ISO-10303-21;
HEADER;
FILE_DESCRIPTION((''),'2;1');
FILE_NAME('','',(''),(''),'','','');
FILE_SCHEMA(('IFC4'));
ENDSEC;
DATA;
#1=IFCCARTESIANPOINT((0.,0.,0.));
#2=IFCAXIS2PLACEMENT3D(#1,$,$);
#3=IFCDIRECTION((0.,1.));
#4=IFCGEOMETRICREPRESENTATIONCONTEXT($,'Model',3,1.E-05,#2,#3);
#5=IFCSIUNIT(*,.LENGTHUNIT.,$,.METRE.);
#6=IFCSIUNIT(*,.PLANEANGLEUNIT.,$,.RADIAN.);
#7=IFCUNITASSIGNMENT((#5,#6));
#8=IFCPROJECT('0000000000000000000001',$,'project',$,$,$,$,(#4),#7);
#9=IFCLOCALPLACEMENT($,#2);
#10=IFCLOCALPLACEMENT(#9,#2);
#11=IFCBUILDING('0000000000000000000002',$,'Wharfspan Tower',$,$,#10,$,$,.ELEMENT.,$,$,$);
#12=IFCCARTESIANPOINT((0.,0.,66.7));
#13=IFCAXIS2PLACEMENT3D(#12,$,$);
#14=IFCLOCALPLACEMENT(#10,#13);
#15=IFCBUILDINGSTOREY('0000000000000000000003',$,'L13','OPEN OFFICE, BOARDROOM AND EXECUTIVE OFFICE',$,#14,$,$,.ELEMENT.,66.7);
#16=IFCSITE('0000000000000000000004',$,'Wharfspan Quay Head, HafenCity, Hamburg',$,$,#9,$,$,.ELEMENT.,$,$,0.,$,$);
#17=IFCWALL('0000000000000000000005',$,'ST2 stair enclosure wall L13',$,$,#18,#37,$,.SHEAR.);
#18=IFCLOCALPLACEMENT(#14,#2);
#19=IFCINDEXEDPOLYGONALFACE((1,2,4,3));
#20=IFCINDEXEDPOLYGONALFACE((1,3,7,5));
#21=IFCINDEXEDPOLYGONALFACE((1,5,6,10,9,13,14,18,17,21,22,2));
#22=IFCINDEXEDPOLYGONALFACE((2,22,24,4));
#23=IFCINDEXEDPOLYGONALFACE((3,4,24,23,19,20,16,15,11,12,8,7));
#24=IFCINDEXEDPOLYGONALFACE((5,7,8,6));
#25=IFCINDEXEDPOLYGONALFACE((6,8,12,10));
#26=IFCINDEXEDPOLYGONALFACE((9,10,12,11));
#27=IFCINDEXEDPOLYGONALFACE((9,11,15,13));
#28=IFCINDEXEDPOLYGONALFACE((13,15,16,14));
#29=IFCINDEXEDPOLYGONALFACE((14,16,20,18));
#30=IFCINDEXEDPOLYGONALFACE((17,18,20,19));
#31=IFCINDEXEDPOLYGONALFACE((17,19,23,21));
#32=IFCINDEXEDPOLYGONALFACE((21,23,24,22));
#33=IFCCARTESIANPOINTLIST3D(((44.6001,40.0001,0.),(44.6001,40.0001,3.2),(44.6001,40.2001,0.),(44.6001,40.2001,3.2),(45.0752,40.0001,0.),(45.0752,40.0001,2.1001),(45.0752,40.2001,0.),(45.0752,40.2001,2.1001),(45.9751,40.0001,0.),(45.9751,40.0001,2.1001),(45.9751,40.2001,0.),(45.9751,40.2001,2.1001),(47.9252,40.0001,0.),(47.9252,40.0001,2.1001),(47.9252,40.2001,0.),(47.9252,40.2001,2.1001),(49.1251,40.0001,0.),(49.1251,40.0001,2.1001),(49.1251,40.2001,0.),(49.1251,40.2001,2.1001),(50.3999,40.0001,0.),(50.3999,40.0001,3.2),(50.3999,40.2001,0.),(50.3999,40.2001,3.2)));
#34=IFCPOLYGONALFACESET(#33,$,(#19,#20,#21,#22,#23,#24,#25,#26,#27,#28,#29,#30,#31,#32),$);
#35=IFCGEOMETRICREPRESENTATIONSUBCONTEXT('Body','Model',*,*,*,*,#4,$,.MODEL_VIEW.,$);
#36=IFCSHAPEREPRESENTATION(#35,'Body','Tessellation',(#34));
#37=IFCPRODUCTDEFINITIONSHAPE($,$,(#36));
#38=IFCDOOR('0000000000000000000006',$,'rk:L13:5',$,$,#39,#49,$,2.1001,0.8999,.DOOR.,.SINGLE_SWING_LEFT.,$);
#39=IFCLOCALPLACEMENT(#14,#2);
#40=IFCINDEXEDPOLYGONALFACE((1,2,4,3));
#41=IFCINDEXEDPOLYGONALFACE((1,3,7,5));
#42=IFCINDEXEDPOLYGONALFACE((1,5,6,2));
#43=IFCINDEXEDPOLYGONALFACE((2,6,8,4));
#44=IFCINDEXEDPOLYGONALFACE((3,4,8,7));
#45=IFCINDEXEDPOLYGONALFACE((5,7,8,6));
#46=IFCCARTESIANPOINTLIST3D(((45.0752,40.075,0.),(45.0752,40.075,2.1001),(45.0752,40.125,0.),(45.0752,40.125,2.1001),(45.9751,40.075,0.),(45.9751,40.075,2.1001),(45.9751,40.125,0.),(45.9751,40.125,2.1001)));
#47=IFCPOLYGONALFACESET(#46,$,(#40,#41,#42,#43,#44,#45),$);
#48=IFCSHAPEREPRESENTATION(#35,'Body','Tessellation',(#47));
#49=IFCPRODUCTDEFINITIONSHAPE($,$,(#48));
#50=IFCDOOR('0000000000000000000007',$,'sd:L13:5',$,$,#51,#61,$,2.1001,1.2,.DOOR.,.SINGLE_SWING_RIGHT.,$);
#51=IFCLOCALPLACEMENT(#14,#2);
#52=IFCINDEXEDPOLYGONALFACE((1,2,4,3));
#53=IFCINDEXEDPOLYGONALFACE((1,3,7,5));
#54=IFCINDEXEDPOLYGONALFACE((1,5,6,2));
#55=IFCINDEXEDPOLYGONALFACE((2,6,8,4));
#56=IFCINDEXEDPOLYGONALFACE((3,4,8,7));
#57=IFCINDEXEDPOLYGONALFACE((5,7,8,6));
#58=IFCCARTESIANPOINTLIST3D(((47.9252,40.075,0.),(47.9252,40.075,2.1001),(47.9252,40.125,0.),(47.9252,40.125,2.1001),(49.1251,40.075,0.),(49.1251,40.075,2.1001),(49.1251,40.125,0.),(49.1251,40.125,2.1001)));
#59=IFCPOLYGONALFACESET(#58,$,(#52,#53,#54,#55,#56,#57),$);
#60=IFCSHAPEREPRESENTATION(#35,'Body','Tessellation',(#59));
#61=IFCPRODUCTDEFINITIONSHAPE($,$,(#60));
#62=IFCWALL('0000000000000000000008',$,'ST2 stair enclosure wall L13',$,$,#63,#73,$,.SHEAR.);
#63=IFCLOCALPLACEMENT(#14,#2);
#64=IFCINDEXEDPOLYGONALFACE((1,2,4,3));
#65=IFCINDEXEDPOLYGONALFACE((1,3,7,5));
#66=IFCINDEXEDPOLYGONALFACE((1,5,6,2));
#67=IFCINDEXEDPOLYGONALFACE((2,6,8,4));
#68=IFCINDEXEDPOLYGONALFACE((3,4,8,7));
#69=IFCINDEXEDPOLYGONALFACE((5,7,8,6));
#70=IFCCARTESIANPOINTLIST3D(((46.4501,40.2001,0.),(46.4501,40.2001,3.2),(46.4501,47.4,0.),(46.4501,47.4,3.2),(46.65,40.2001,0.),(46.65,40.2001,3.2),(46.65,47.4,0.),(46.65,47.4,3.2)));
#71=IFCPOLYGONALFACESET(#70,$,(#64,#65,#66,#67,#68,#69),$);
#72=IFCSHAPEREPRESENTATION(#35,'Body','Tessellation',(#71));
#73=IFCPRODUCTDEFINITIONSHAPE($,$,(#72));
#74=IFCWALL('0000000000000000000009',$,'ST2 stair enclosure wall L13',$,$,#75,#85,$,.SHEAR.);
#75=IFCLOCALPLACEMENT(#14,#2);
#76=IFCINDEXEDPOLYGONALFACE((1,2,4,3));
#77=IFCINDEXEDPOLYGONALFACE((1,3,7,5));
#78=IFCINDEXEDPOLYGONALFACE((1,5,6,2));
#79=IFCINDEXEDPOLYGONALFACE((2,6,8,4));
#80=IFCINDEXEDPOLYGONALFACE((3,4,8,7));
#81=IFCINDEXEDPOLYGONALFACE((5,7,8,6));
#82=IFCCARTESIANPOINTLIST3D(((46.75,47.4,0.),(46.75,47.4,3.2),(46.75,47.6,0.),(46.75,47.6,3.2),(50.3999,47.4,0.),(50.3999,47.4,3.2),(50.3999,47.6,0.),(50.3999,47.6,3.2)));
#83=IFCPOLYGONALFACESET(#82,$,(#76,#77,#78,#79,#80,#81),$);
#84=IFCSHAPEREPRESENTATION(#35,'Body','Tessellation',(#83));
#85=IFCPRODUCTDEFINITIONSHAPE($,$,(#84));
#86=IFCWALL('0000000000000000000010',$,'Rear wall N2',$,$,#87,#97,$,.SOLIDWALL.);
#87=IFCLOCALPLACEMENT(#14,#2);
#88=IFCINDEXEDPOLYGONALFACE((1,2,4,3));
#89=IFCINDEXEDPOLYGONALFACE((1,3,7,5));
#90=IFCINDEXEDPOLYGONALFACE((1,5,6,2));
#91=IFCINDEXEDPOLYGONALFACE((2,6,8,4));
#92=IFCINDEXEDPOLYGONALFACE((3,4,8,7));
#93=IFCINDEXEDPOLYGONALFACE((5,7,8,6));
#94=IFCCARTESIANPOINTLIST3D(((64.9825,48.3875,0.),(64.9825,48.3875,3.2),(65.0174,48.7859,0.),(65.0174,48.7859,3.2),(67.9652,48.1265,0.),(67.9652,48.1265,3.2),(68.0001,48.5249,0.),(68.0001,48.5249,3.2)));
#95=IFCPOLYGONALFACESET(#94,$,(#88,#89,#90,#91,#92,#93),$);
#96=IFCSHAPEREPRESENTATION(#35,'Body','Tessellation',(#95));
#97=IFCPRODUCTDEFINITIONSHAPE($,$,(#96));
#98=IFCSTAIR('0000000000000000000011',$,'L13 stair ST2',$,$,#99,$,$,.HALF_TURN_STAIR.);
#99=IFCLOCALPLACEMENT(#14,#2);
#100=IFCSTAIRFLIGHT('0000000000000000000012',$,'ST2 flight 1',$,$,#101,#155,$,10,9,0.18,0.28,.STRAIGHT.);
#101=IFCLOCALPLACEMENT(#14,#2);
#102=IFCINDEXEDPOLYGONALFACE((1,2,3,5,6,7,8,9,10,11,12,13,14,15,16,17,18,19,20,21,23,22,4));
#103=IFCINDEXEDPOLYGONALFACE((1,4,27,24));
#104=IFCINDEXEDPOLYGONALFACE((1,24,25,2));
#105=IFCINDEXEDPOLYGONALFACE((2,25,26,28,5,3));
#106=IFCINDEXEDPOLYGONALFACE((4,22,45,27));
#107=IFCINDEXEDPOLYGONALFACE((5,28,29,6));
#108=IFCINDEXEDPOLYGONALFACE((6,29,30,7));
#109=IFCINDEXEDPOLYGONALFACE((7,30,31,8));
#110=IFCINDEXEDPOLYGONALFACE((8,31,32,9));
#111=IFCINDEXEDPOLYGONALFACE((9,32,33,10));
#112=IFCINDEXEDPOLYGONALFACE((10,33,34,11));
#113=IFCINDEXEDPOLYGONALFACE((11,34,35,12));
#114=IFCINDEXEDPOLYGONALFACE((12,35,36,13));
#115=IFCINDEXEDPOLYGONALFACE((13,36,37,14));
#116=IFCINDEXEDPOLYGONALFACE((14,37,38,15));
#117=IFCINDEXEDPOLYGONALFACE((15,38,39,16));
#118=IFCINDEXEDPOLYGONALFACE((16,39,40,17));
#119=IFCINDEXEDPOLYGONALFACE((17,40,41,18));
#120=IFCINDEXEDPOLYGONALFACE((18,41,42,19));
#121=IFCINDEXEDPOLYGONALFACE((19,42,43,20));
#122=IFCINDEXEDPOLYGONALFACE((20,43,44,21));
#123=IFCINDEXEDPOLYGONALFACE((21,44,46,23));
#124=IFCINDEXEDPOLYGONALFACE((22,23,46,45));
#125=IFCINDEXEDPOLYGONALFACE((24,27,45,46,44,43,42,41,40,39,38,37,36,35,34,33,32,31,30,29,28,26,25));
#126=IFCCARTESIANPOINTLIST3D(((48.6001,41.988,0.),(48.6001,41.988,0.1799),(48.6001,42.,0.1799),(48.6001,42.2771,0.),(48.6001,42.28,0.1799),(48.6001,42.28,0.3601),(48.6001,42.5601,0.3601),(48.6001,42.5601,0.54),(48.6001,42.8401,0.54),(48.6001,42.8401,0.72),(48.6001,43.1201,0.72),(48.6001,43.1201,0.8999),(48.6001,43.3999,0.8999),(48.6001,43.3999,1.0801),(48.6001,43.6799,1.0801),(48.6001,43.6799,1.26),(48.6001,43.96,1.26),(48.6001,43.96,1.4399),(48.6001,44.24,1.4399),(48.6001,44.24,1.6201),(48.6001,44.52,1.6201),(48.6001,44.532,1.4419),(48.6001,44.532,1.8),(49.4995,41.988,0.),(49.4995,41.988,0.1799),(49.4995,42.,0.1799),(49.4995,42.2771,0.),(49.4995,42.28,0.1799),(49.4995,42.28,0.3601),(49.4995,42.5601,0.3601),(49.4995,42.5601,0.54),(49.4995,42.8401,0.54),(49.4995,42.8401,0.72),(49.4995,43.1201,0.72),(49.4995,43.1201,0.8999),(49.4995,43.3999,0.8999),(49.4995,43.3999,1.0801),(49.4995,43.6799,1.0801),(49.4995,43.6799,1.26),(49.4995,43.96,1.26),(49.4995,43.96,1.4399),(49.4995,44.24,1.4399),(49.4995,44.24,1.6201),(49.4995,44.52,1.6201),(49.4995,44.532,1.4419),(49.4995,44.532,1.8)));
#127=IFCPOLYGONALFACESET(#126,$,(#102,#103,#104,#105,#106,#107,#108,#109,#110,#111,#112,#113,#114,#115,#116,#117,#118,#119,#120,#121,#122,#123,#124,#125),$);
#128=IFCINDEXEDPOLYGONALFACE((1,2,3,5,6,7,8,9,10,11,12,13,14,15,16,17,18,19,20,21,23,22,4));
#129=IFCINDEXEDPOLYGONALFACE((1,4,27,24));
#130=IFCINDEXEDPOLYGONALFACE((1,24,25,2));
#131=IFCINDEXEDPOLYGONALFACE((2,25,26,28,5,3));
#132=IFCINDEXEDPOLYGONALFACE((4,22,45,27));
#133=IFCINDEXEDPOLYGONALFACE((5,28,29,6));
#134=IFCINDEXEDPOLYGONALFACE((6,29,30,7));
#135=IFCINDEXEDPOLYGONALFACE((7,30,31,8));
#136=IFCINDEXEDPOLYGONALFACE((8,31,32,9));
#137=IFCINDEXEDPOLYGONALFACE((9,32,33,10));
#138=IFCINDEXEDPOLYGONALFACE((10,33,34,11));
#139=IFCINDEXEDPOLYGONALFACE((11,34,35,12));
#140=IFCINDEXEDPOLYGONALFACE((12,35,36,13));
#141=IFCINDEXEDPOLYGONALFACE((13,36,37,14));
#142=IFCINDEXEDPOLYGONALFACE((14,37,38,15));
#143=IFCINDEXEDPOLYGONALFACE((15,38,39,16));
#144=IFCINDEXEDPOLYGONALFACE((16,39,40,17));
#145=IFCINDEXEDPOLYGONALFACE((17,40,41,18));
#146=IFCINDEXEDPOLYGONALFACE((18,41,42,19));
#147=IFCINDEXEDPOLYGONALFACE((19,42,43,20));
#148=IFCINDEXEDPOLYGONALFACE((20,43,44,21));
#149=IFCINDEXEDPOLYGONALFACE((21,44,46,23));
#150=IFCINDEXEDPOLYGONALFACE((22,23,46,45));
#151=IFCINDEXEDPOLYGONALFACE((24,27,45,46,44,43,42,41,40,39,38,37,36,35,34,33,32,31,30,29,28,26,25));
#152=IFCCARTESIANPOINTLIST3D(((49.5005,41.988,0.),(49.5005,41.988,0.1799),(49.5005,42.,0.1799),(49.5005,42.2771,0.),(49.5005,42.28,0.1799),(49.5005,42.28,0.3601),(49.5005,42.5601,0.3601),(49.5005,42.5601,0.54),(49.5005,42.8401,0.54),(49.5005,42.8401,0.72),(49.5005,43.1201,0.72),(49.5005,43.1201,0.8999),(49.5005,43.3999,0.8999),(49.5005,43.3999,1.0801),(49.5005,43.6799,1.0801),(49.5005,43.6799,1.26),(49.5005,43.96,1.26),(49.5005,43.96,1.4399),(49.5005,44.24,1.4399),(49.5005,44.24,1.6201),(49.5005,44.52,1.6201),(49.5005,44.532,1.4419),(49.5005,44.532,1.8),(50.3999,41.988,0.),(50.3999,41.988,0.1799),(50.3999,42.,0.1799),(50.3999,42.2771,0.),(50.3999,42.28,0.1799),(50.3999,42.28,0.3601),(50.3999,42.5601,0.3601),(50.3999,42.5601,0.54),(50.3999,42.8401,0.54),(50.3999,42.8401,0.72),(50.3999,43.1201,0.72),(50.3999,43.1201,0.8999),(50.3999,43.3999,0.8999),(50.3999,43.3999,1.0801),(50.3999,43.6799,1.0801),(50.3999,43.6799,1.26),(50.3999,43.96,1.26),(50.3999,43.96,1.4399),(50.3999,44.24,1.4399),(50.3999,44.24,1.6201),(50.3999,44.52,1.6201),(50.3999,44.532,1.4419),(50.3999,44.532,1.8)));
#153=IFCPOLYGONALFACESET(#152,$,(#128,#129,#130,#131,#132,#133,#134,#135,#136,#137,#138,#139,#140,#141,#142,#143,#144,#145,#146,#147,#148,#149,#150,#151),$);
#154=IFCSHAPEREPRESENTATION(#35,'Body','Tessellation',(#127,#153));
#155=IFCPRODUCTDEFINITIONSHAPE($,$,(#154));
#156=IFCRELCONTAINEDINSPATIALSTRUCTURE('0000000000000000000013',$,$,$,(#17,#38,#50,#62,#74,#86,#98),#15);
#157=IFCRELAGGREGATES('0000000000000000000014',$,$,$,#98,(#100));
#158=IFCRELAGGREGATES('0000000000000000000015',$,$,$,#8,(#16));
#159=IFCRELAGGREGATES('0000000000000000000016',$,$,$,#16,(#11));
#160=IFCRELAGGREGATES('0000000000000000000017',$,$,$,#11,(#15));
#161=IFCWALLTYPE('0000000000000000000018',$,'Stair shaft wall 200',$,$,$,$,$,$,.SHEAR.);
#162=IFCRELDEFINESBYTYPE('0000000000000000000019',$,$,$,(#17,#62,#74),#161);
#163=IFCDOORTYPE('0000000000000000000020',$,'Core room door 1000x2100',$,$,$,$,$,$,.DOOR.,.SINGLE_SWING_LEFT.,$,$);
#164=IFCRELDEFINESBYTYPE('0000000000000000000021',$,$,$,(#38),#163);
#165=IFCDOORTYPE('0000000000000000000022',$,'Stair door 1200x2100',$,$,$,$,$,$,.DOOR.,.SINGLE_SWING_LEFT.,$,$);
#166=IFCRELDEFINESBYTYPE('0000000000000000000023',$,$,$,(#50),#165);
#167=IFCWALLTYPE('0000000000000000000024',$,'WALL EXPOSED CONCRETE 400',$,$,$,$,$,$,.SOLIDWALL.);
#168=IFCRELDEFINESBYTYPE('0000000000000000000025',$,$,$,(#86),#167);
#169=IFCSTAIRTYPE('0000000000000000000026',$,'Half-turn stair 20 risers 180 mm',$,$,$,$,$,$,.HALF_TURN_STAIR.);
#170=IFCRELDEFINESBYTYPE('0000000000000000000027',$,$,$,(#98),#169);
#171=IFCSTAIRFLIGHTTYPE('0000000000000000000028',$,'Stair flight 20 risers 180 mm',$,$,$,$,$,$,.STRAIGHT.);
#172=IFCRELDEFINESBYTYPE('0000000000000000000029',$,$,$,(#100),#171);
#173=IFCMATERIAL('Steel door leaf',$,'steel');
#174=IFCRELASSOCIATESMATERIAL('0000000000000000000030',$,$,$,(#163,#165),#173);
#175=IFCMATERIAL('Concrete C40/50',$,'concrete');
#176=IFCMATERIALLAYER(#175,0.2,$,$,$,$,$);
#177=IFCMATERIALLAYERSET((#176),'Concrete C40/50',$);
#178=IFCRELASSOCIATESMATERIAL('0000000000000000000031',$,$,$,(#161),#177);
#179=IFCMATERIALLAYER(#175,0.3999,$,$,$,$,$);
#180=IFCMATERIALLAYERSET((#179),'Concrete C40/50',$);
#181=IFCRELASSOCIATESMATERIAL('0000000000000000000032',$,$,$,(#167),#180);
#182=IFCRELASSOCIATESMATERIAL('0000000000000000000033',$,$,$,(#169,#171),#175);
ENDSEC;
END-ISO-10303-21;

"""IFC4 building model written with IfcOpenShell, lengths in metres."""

from ifc_helpers import new_model, si_unit, direction, frame, frame_2d, origin, place, context, subcontext, project, spatial, polyline, rectangle, outline, extrude, material, layer, layer_set, type_object, element, fill, aggregate, save


model = new_model("IFC4")

# Units and contexts
model_context = context("Model", 3, precision=1e-05, world=origin(), true_north=direction((0.0, 1.0)))
body_context = subcontext(model_context, "Body", "Model", "MODEL_VIEW")
ifc_project = project(units=[si_unit("LENGTHUNIT", "METRE"), si_unit("PLANEANGLEUNIT", "RADIAN")], contexts=[model_context])

# Site, building, storey
site_placement = place(None, origin())
site = spatial("IfcSite", under=ifc_project, at=site_placement, Name="Wharfspan Quay Head, HafenCity, Hamburg", CompositionType="ELEMENT", RefElevation=0.0)
building_placement = place(site_placement, origin())
building = spatial("IfcBuilding", under=site, at=building_placement, Name="Wharfspan Tower", CompositionType="ELEMENT")
storey_placement = place(building_placement, frame((0.0, 0.0, 66.7)))
storey = spatial("IfcBuildingStorey", under=building, at=storey_placement, Name="L13", Description="OPEN OFFICE, BOARDROOM AND EXECUTIVE OFFICE", CompositionType="ELEMENT", Elevation=66.7)

# Shared definitions
ifc_material_1 = material(Name="Steel door leaf", Category="steel")
door_type_1 = type_object("IfcDoorType", Name="Core room door 1000x2100", OperationType="SINGLE_SWING_LEFT", PredefinedType="DOOR", material=ifc_material_1)

# Wall, openings, doors
ifc_material_2 = material(Name="Concrete C40/50", Category="concrete")
ifc_layer_1 = layer(ifc_material_2, 0.2)
ifc_layer_set_1 = layer_set([ifc_layer_1], Name="Concrete C40/50")
wall_type_1 = type_object("IfcWallType", Name="Stair shaft wall 200", PredefinedType="SHEAR", material=ifc_layer_set_1)
wall_1_placement = place(storey_placement, frame((44.6001, 40.1001, 0.0), z_axis=(0.0, 0.0, 1.0), x_axis=(1.0, 0.0, 0.0)))
wall_1 = element("IfcWall", 1, at=wall_1_placement, inside=storey, type_object=wall_type_1, Name="ST2 stair enclosure wall L13", PredefinedType="SHEAR", context=body_context, shape_type="SweptSolid", body=[
    extrude(rectangle(XDim=5.7998, YDim=0.2, at=frame_2d((2.8999, 0.0))), origin(), (0.0, 0.0, 1.0), 3.2),
])
opening_1_placement = place(wall_1_placement, frame((3.325, 0.0, 0.0)))
opening_1 = element("IfcOpeningElement", 2, at=opening_1_placement, cuts=wall_1, PredefinedType="OPENING", context=body_context, shape_type="SweptSolid", body=[
    extrude(rectangle(XDim=1.2, YDim=2.1001, at=frame_2d((0.6001, 1.05))), frame((0.0, 0.1099, 0.0), z_axis=(0.0, -1.0, 0.0), x_axis=(1.0, 0.0, 0.0)), (0.0, 0.0, 1.0), 0.22),
])
opening_2_placement = place(wall_1_placement, frame((0.4751, 0.0, 0.0)))
opening_2 = element("IfcOpeningElement", 3, at=opening_2_placement, cuts=wall_1, PredefinedType="OPENING", context=body_context, shape_type="SweptSolid", body=[
    extrude(rectangle(XDim=0.8999, YDim=2.1001, at=frame_2d((0.45, 1.05))), frame((0.0, 0.1099, 0.0), z_axis=(0.0, -1.0, 0.0), x_axis=(1.0, 0.0, 0.0)), (0.0, 0.0, 1.0), 0.22),
])
door_1_placement = place(opening_2_placement, origin())
door_1 = element("IfcDoor", 4, at=door_1_placement, inside=storey, type_object=door_type_1, Name="rk:L13:5", OperationType="SINGLE_SWING_LEFT", OverallHeight=2.1001, OverallWidth=0.8999, PredefinedType="DOOR", context=body_context, shape_type="SweptSolid", body=[
    extrude(rectangle(XDim=0.8999, YDim=2.1001, at=frame_2d((0.45, 1.05))), frame((0.0, 0.0249, 0.0), z_axis=(0.0, -1.0, 0.0), x_axis=(1.0, 0.0, 0.0)), (0.0, 0.0, 1.0), 0.05),
])
fill(opening_2, door_1)
door_type_2 = type_object("IfcDoorType", Name="Stair door 1200x2100", OperationType="SINGLE_SWING_LEFT", PredefinedType="DOOR", material=ifc_material_1)
door_2_placement = place(opening_1_placement, origin())
door_2 = element("IfcDoor", 5, at=door_2_placement, inside=storey, type_object=door_type_2, Name="sd:L13:5", OperationType="SINGLE_SWING_RIGHT", OverallHeight=2.1001, OverallWidth=1.2, PredefinedType="DOOR", context=body_context, shape_type="SweptSolid", body=[
    extrude(rectangle(XDim=1.2, YDim=2.1001, at=frame_2d((0.6001, 1.05))), frame((0.0, 0.0249, 0.0), z_axis=(0.0, -1.0, 0.0), x_axis=(1.0, 0.0, 0.0)), (0.0, 0.0, 1.0), 0.05),
])
fill(opening_1, door_2)

# Walls
wall_2_placement = place(storey_placement, frame((46.55, 40.2, 0.0), z_axis=(0.0, 0.0, 1.0), x_axis=(0.0, 1.0, 0.0)))
element("IfcWall", 6, at=wall_2_placement, inside=storey, type_object=wall_type_1, Name="ST2 stair enclosure wall L13", PredefinedType="SHEAR", context=body_context, shape_type="SweptSolid", body=[
    extrude(rectangle(XDim=7.2, YDim=0.2, at=frame_2d((3.6001, 0.0))), origin(), (0.0, 0.0, 1.0), 3.2),
])
wall_3_placement = place(storey_placement, frame((46.75, 47.5, 0.0), z_axis=(0.0, 0.0, 1.0), x_axis=(1.0, 0.0, 0.0)))
element("IfcWall", 7, at=wall_3_placement, inside=storey, type_object=wall_type_1, Name="ST2 stair enclosure wall L13", PredefinedType="SHEAR", context=body_context, shape_type="SweptSolid", body=[
    extrude(rectangle(XDim=3.6499, YDim=0.2, at=frame_2d((1.825, 0.0))), origin(), (0.0, 0.0, 1.0), 3.2),
])
ifc_layer_2 = layer(ifc_material_2, 0.3999)
ifc_layer_set_2 = layer_set([ifc_layer_2], Name="Concrete C40/50")
wall_type_2 = type_object("IfcWallType", Name="WALL EXPOSED CONCRETE 400", PredefinedType="SOLIDWALL", material=ifc_layer_set_2)
wall_4_placement = place(storey_placement, frame((67.9827, 48.3257, 0.0), z_axis=(0.0, 0.0, 1.0), x_axis=(-0.996194, 0.087168, 0.0)))
element("IfcWall", 8, at=wall_4_placement, inside=storey, type_object=wall_type_2, Name="Rear wall N2", PredefinedType="SOLIDWALL", context=body_context, shape_type="SweptSolid", body=[
    extrude(rectangle(XDim=2.9941, YDim=0.3999, at=frame_2d((1.4971, 0.0))), origin(), (0.0, 0.0, 1.0), 3.2),
])

# Stair, stair flight
stair_type = type_object("IfcStairType", Name="Half-turn stair 20 risers 180 mm", PredefinedType="HALF_TURN_STAIR", material=ifc_material_2)
stair_placement = place(storey_placement, origin())
stair = element("IfcStair", 9, at=stair_placement, inside=storey, type_object=stair_type, Name="L13 stair ST2", PredefinedType="HALF_TURN_STAIR")
stair_flight_type = type_object("IfcStairFlightType", Name="Stair flight 20 risers 180 mm", PredefinedType="STRAIGHT", material=ifc_material_2)
stair_flight_1_placement = place(storey_placement, frame((49.5, 42.0, 0.0), z_axis=(0.0, 0.0, 1.0), x_axis=(0.0, 1.0, 0.0)))
stair_flight_1 = element("IfcStairFlight", 10, at=stair_flight_1_placement, type_object=stair_flight_type, Name="ST2 flight 1", NumberOfRisers=10, NumberOfTreads=9, PredefinedType="STRAIGHT", RiserHeight=0.18, TreadLength=0.28, context=body_context, shape_type="SweptSolid", body=[
    extrude(outline(polyline([(-0.012, 0.0), (-0.012, 0.1799), (0.0, 0.1799), (0.28, 0.1799), (0.28, 0.3601), (0.5601, 0.3601), (0.5601, 0.54), (0.8401, 0.54), (0.8401, 0.72), (1.1201, 0.72), (1.1201, 0.8999), (1.3999, 0.8999), (1.3999, 1.0801), (1.6799, 1.0801), (1.6799, 1.26), (1.96, 1.26), (1.96, 1.4399), (2.24, 1.4399), (2.24, 1.6201), (2.52, 1.6201), (2.532, 1.8), (2.532, 1.4419), (0.2771, 0.0), (-0.012, 0.0)])), frame((0.0, 0.8999, 0.0), z_axis=(0.0, -1.0, 0.0), x_axis=(1.0, 0.0, 0.0)), (0.0, 0.0, 1.0), 0.8994),
    extrude(outline(polyline([(-0.012, 0.0), (-0.012, 0.1799), (0.0, 0.1799), (0.28, 0.1799), (0.28, 0.3601), (0.5601, 0.3601), (0.5601, 0.54), (0.8401, 0.54), (0.8401, 0.72), (1.1201, 0.72), (1.1201, 0.8999), (1.3999, 0.8999), (1.3999, 1.0801), (1.6799, 1.0801), (1.6799, 1.26), (1.96, 1.26), (1.96, 1.4399), (2.24, 1.4399), (2.24, 1.6201), (2.52, 1.6201), (2.532, 1.8), (2.532, 1.4419), (0.2771, 0.0), (-0.012, 0.0)])), frame((0.0, -0.0005, 0.0), z_axis=(0.0, -1.0, 0.0), x_axis=(1.0, 0.0, 0.0)), (0.0, 0.0, 1.0), 0.8994),
])
aggregate(stair, [stair_flight_1])

save(model, "model.ifc")
